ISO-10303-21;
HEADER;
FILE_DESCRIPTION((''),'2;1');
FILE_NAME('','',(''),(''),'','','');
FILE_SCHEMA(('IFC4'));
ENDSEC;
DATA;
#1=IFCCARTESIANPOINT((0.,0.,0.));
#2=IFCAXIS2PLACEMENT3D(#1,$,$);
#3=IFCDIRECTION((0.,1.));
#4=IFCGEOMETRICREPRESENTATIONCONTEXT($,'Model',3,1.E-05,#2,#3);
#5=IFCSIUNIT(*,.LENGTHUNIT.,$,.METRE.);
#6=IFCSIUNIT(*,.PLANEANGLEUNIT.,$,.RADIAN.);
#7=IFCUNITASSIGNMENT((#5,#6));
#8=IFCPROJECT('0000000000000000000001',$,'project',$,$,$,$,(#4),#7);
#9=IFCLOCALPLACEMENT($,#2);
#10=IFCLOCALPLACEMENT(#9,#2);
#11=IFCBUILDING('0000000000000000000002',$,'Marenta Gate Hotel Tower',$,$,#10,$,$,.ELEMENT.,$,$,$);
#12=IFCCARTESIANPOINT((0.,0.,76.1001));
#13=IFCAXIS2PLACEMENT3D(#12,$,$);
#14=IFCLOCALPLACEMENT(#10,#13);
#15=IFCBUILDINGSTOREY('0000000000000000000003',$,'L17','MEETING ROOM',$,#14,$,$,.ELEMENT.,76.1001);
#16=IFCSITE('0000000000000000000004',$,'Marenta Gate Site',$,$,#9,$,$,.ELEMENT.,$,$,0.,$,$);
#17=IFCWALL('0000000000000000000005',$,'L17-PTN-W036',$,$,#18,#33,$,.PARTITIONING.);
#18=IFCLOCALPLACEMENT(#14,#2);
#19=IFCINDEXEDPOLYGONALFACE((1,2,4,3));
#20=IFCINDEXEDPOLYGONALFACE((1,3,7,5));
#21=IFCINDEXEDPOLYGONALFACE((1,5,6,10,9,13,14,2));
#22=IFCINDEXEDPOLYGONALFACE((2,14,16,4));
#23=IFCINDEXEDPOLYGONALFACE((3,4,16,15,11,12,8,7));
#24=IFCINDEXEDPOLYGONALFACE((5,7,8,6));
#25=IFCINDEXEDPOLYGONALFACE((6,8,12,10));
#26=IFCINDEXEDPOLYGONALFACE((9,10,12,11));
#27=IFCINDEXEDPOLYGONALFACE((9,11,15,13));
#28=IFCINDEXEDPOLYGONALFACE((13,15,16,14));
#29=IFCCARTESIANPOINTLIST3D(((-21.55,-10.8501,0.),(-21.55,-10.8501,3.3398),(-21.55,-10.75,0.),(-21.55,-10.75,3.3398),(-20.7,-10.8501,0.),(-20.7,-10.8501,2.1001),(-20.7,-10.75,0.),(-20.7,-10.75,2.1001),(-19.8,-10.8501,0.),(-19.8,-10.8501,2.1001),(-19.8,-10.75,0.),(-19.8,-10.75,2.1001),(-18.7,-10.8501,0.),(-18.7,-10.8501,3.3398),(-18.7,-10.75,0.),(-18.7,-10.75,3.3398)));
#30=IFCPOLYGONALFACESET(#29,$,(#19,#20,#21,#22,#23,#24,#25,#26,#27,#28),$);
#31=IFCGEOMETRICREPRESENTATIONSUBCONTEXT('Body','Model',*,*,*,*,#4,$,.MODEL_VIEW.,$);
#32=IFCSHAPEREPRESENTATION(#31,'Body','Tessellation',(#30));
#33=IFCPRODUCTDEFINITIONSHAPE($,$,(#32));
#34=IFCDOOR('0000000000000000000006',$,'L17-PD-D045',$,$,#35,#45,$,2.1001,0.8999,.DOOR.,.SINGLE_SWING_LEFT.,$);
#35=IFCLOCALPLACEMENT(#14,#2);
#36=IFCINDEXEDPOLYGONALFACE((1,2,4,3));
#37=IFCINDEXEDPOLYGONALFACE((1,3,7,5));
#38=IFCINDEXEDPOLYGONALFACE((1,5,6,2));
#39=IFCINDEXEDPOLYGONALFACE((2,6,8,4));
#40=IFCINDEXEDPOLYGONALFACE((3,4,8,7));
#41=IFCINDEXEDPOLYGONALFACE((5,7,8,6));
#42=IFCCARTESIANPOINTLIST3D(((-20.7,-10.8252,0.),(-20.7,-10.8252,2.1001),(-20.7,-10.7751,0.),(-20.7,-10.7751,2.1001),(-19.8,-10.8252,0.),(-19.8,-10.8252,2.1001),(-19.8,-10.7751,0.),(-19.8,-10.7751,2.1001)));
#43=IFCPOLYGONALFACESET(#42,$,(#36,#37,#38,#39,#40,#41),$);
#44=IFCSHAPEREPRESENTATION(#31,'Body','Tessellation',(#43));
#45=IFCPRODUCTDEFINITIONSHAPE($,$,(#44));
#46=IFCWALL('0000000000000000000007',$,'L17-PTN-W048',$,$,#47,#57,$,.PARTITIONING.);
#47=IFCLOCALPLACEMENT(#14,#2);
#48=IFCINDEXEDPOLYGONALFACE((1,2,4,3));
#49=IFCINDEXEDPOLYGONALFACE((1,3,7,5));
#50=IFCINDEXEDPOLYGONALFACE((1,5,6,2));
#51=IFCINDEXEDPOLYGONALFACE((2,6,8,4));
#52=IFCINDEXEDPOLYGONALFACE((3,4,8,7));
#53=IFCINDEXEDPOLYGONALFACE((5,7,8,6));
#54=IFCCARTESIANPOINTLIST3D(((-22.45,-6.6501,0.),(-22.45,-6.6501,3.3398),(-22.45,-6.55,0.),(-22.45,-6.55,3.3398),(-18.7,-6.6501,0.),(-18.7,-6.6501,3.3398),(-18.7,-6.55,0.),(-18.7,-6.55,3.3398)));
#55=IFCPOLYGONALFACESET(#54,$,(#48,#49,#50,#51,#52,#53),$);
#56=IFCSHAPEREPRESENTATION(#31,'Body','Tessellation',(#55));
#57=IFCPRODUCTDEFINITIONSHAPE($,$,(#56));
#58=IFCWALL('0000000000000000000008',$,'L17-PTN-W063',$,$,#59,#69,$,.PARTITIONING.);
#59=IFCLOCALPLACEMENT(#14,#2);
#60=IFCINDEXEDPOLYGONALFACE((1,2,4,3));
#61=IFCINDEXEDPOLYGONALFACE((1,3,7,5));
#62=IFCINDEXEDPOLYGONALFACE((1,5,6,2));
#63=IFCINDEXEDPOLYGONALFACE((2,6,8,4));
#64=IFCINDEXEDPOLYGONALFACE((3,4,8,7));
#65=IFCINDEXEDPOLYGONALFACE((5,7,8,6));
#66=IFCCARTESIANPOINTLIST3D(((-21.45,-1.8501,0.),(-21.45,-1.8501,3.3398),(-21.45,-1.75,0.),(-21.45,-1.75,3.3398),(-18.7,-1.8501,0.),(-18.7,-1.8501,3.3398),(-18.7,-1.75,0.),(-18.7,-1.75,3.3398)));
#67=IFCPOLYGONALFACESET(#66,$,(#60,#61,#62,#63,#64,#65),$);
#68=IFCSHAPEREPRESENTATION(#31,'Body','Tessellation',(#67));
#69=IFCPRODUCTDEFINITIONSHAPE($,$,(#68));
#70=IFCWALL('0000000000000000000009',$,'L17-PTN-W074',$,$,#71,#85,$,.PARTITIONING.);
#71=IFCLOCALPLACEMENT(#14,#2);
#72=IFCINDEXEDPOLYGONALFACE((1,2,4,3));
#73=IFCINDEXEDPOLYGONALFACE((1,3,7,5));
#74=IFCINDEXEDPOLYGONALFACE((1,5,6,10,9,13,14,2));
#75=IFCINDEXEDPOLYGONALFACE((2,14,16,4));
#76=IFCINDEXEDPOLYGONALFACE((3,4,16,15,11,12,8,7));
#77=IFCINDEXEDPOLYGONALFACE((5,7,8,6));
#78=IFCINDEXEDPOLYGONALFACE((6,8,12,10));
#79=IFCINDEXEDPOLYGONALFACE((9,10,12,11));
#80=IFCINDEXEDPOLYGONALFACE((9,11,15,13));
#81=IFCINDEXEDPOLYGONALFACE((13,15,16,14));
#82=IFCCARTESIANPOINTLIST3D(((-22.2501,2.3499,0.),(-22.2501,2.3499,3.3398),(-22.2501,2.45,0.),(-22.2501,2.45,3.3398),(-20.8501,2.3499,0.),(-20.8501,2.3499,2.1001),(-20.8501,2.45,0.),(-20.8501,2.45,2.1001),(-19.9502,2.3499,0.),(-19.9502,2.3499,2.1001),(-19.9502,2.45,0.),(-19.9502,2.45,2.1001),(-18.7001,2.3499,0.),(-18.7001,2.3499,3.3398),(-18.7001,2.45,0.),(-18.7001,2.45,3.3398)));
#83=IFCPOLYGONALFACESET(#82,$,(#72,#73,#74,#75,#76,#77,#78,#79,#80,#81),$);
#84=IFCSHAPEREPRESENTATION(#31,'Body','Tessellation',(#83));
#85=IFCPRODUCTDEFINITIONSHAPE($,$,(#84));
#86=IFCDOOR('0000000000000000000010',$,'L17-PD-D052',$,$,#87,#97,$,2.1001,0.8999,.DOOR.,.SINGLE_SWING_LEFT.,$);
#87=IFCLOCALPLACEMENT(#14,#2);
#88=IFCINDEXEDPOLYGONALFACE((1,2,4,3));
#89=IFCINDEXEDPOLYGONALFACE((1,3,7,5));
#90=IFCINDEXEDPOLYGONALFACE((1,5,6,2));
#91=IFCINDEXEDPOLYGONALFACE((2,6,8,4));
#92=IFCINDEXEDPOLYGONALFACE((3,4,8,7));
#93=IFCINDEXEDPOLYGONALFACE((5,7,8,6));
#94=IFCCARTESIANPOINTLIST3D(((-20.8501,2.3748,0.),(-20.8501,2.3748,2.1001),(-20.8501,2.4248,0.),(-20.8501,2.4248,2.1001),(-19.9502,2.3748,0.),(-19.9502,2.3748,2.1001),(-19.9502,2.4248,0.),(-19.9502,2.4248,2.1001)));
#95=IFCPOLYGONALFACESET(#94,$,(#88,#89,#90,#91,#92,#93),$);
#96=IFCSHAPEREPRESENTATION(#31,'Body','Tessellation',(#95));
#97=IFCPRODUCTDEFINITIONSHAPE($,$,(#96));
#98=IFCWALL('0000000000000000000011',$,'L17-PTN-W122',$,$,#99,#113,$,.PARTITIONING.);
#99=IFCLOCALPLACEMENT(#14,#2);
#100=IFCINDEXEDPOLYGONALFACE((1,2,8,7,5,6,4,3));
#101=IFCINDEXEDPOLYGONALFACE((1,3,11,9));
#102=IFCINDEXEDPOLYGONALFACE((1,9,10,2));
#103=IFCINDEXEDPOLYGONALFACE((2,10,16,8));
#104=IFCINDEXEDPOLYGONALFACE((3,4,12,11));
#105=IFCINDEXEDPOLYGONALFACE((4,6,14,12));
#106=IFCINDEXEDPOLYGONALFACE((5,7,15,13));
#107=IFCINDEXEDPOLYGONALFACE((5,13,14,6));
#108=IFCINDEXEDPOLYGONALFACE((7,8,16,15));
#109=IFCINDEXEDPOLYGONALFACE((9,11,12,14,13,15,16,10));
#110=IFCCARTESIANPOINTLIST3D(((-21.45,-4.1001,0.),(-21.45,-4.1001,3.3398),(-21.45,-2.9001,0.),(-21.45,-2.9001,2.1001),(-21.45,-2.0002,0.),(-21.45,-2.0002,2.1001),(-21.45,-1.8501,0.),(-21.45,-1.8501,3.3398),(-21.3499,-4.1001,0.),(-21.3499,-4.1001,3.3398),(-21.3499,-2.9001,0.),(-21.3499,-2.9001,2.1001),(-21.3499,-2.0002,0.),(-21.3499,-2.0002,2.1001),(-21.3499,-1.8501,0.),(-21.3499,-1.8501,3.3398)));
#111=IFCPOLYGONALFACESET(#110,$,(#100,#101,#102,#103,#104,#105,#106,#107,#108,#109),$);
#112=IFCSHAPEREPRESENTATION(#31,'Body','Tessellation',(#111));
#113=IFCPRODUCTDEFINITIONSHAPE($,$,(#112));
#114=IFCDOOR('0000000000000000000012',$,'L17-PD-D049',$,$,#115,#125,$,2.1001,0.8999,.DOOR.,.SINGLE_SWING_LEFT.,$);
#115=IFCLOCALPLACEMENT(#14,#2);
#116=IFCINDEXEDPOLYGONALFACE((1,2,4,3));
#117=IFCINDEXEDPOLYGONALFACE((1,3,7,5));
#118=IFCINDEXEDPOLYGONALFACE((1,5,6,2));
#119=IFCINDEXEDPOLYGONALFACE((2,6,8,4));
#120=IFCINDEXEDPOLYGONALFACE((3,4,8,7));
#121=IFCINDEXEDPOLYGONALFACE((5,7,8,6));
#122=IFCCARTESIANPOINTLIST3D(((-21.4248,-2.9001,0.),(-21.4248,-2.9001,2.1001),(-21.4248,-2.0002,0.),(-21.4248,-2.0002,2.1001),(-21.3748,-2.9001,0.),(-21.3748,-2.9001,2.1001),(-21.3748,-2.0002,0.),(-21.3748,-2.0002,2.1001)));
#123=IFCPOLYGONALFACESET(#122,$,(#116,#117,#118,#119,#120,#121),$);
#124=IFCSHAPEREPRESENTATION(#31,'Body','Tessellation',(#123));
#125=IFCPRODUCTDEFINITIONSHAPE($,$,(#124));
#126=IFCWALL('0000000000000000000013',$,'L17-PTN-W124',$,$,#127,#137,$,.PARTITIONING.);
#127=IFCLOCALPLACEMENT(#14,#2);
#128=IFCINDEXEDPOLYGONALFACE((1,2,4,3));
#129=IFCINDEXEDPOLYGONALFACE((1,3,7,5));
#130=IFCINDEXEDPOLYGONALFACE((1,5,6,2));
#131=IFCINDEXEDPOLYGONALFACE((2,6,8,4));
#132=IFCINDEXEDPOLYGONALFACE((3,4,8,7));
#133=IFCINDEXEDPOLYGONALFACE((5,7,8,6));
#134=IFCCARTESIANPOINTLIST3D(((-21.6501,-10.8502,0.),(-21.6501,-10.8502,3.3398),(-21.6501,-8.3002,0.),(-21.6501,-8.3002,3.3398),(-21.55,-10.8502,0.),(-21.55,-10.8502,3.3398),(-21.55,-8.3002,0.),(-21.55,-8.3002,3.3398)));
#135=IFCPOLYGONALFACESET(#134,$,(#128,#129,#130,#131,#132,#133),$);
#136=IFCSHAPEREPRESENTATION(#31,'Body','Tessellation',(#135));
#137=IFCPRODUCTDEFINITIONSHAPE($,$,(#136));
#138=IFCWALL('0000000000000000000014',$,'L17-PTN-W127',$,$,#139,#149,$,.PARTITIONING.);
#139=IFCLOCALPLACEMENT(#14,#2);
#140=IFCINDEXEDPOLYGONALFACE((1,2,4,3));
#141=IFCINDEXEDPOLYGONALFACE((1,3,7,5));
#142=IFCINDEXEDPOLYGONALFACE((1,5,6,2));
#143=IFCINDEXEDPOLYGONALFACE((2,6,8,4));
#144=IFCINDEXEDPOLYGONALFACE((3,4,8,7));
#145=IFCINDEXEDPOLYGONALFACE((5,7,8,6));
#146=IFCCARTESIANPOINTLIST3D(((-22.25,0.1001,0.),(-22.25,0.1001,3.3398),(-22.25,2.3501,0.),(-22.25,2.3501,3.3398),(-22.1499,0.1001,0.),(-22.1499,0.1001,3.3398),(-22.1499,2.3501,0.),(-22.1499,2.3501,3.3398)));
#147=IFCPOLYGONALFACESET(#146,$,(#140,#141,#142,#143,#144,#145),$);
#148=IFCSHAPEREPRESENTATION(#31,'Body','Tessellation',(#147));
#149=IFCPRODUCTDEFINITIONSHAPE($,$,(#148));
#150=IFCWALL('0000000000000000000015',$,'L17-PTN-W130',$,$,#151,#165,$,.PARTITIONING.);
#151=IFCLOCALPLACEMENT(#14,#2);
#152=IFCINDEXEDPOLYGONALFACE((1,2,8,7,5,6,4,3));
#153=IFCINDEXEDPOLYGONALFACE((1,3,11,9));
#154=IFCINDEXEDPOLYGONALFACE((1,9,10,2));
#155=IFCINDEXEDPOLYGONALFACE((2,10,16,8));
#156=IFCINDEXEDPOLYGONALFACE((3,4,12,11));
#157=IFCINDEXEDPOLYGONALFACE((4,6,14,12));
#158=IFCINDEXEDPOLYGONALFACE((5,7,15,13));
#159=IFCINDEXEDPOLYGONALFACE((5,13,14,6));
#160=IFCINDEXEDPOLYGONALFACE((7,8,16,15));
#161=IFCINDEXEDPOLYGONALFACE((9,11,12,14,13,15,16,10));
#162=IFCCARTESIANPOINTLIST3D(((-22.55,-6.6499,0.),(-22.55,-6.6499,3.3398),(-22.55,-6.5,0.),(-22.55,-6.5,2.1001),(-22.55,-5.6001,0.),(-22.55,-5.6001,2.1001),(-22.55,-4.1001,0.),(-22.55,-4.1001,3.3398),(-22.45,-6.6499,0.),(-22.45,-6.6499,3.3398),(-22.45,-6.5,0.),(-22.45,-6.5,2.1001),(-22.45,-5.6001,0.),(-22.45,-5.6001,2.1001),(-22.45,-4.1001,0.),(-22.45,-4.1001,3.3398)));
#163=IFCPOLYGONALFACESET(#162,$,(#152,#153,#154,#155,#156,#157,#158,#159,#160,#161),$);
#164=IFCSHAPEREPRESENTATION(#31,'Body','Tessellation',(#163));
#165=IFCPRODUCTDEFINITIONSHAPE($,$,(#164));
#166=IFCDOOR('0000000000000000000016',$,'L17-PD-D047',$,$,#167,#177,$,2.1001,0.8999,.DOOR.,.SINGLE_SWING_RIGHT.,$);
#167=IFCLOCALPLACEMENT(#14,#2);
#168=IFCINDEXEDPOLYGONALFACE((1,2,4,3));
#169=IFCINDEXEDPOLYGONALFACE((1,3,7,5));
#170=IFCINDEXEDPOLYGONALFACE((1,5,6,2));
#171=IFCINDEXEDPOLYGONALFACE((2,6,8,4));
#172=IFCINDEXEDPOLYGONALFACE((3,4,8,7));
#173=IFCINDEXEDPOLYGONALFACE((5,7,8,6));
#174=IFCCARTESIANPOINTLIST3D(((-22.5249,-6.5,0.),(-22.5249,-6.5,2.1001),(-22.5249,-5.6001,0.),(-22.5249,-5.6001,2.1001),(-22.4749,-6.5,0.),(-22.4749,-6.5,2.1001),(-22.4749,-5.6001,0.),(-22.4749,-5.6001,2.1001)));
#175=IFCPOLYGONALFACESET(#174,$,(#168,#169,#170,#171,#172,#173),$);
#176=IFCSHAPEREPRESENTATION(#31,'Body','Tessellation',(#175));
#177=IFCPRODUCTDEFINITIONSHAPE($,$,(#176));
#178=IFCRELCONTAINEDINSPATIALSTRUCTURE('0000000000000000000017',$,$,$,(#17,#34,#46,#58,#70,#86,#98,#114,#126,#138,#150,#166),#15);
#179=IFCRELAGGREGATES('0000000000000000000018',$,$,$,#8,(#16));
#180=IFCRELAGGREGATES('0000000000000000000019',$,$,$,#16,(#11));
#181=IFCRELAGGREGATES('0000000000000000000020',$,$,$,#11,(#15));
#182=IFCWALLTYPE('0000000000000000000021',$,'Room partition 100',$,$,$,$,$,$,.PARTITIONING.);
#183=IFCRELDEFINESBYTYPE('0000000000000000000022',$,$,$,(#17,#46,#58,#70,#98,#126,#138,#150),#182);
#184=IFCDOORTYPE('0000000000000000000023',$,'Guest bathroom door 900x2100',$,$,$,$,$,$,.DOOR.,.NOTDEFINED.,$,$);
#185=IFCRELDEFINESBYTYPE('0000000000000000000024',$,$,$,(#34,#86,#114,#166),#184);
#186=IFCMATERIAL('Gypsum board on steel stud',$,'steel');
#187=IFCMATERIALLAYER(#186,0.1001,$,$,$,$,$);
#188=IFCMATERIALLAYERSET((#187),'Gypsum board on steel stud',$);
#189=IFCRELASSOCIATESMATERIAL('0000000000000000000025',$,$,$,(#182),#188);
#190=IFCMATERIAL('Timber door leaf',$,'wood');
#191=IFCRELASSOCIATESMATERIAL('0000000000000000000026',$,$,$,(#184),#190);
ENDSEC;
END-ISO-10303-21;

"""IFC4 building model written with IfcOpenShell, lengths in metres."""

from ifc_helpers import new_model, si_unit, direction, frame, frame_2d, origin, place, context, subcontext, project, spatial, rectangle, extrude, material, layer, layer_set, type_object, element, fill, save


model = new_model("IFC4")

# Units and contexts
model_context = context("Model", 3, precision=1e-05, world=origin(), true_north=direction((0.0, 1.0)))
body_context = subcontext(model_context, "Body", "Model", "MODEL_VIEW")
ifc_project = project(units=[si_unit("LENGTHUNIT", "METRE"), si_unit("PLANEANGLEUNIT", "RADIAN")], contexts=[model_context])

# Site, building, storey
site_placement = place(None, origin())
site = spatial("IfcSite", under=ifc_project, at=site_placement, Name="Marenta Gate Site", CompositionType="ELEMENT", RefElevation=0.0)
building_placement = place(site_placement, origin())
building = spatial("IfcBuilding", under=site, at=building_placement, Name="Marenta Gate Hotel Tower", CompositionType="ELEMENT")
storey_placement = place(building_placement, frame((0.0, 0.0, 76.1001)))
storey = spatial("IfcBuildingStorey", under=building, at=storey_placement, Name="L17", Description="MEETING ROOM", CompositionType="ELEMENT", Elevation=76.1001)

# Wall, opening, door
ifc_material_1 = material(Name="Gypsum board on steel stud", Category="steel")
ifc_layer_1 = layer(ifc_material_1, 0.1001)
ifc_layer_set_1 = layer_set([ifc_layer_1], Name="Gypsum board on steel stud")
wall_type_1 = type_object("IfcWallType", Name="Room partition 100", PredefinedType="PARTITIONING", material=ifc_layer_set_1)
wall_1_placement = place(storey_placement, frame((-21.55, -10.8, 0.0), z_axis=(0.0, 0.0, 1.0), x_axis=(1.0, 0.0, 0.0)))
wall_1 = element("IfcWall", 1, at=wall_1_placement, inside=storey, type_object=wall_type_1, Name="L17-PTN-W036", PredefinedType="PARTITIONING", context=body_context, shape_type="SweptSolid", body=[
    extrude(rectangle(XDim=2.8501, YDim=0.1001, at=frame_2d((1.425, 0.0))), origin(), (0.0, 0.0, 1.0), 3.3398),
])
opening_1_placement = place(wall_1_placement, frame((0.8501, 0.0, 0.0)))
opening_1 = element("IfcOpeningElement", 2, at=opening_1_placement, cuts=wall_1, PredefinedType="OPENING", context=body_context, shape_type="SweptSolid", body=[
    extrude(rectangle(XDim=0.8999, YDim=2.1001, at=frame_2d((0.45, 1.05))), frame((0.0, 0.05, 0.0), z_axis=(0.0, -1.0, 0.0), x_axis=(1.0, 0.0, 0.0)), (0.0, 0.0, 1.0), 0.1001),
])
ifc_material_2 = material(Name="Timber door leaf", Category="wood")
door_type_1 = type_object("IfcDoorType", Name="Guest bathroom door 900x2100", OperationType="NOTDEFINED", PredefinedType="DOOR", material=ifc_material_2)
door_1_placement = place(opening_1_placement, origin())
door_1 = element("IfcDoor", 3, at=door_1_placement, inside=storey, type_object=door_type_1, Name="L17-PD-D045", OperationType="SINGLE_SWING_LEFT", OverallHeight=2.1001, OverallWidth=0.8999, PredefinedType="DOOR", context=body_context, shape_type="SweptSolid", body=[
    extrude(rectangle(XDim=0.8999, YDim=2.1001, at=frame_2d((0.45, 1.05))), frame((0.0, 0.0249, 0.0), z_axis=(0.0, -1.0, 0.0), x_axis=(1.0, 0.0, 0.0)), (0.0, 0.0, 1.0), 0.05),
])
fill(opening_1, door_1)

# Walls
wall_2_placement = place(storey_placement, frame((-22.45, -6.6001, 0.0), z_axis=(0.0, 0.0, 1.0), x_axis=(1.0, 0.0, 0.0)))
element("IfcWall", 4, at=wall_2_placement, inside=storey, type_object=wall_type_1, Name="L17-PTN-W048", PredefinedType="PARTITIONING", context=body_context, shape_type="SweptSolid", body=[
    extrude(rectangle(XDim=3.75, YDim=0.1001, at=frame_2d((1.875, 0.0))), origin(), (0.0, 0.0, 1.0), 3.3398),
])
wall_3_placement = place(storey_placement, frame((-21.45, -1.8, 0.0), z_axis=(0.0, 0.0, 1.0), x_axis=(1.0, 0.0, 0.0)))
element("IfcWall", 5, at=wall_3_placement, inside=storey, type_object=wall_type_1, Name="L17-PTN-W063", PredefinedType="PARTITIONING", context=body_context, shape_type="SweptSolid", body=[
    extrude(rectangle(XDim=2.75, YDim=0.1001, at=frame_2d((1.375, 0.0))), origin(), (0.0, 0.0, 1.0), 3.3398),
])

# Walls, openings, doors
wall_4_placement = place(storey_placement, frame((-22.25, 2.3999, 0.0), z_axis=(0.0, 0.0, 1.0), x_axis=(1.0, 0.0, 0.0)))
wall_4 = element("IfcWall", 6, at=wall_4_placement, inside=storey, type_object=wall_type_1, Name="L17-PTN-W074", PredefinedType="PARTITIONING", context=body_context, shape_type="SweptSolid", body=[
    extrude(rectangle(XDim=3.55, YDim=0.1001, at=frame_2d((1.7749, 0.0))), origin(), (0.0, 0.0, 1.0), 3.3398),
])
opening_2_placement = place(wall_4_placement, frame((1.3999, 0.0, 0.0)))
opening_2 = element("IfcOpeningElement", 7, at=opening_2_placement, cuts=wall_4, PredefinedType="OPENING", context=body_context, shape_type="SweptSolid", body=[
    extrude(rectangle(XDim=0.8999, YDim=2.1001, at=frame_2d((0.45, 1.05))), frame((0.0, 0.05, 0.0), z_axis=(0.0, -1.0, 0.0), x_axis=(1.0, 0.0, 0.0)), (0.0, 0.0, 1.0), 0.1001),
])
door_2_placement = place(opening_2_placement, origin())
door_2 = element("IfcDoor", 8, at=door_2_placement, inside=storey, type_object=door_type_1, Name="L17-PD-D052", OperationType="SINGLE_SWING_LEFT", OverallHeight=2.1001, OverallWidth=0.8999, PredefinedType="DOOR", context=body_context, shape_type="SweptSolid", body=[
    extrude(rectangle(XDim=0.8999, YDim=2.1001, at=frame_2d((0.45, 1.05))), frame((0.0, 0.0249, 0.0), z_axis=(0.0, -1.0, 0.0), x_axis=(1.0, 0.0, 0.0)), (0.0, 0.0, 1.0), 0.05),
])
fill(opening_2, door_2)
wall_5_placement = place(storey_placement, frame((-21.3999, -4.1001, 0.0), z_axis=(0.0, 0.0, 1.0), x_axis=(0.0, 1.0, 0.0)))
wall_5 = element("IfcWall", 9, at=wall_5_placement, inside=storey, type_object=wall_type_1, Name="L17-PTN-W122", PredefinedType="PARTITIONING", context=body_context, shape_type="SweptSolid", body=[
    extrude(rectangle(XDim=2.25, YDim=0.1001, at=frame_2d((1.125, 0.0))), origin(), (0.0, 0.0, 1.0), 3.3398),
])
opening_3_placement = place(wall_5_placement, frame((1.2, 0.0, 0.0)))
opening_3 = element("IfcOpeningElement", 10, at=opening_3_placement, cuts=wall_5, PredefinedType="OPENING", context=body_context, shape_type="SweptSolid", body=[
    extrude(rectangle(XDim=0.8999, YDim=2.1001, at=frame_2d((0.45, 1.05))), frame((0.0, 0.05, 0.0), z_axis=(0.0, -1.0, 0.0), x_axis=(1.0, 0.0, 0.0)), (0.0, 0.0, 1.0), 0.1001),
])
door_3_placement = place(opening_3_placement, origin())
door_3 = element("IfcDoor", 11, at=door_3_placement, inside=storey, type_object=door_type_1, Name="L17-PD-D049", OperationType="SINGLE_SWING_LEFT", OverallHeight=2.1001, OverallWidth=0.8999, PredefinedType="DOOR", context=body_context, shape_type="SweptSolid", body=[
    extrude(rectangle(XDim=0.8999, YDim=2.1001, at=frame_2d((0.45, 1.05))), frame((0.0, 0.0249, 0.0), z_axis=(0.0, -1.0, 0.0), x_axis=(1.0, 0.0, 0.0)), (0.0, 0.0, 1.0), 0.05),
])
fill(opening_3, door_3)

# Walls
wall_6_placement = place(storey_placement, frame((-21.6001, -10.8501, 0.0), z_axis=(0.0, 0.0, 1.0), x_axis=(0.0, 1.0, 0.0)))
element("IfcWall", 12, at=wall_6_placement, inside=storey, type_object=wall_type_1, Name="L17-PTN-W124", PredefinedType="PARTITIONING", context=body_context, shape_type="SweptSolid", body=[
    extrude(rectangle(XDim=2.55, YDim=0.1001, at=frame_2d((1.2749, 0.0))), origin(), (0.0, 0.0, 1.0), 3.3398),
])
wall_7_placement = place(storey_placement, frame((-22.2, 0.1001, 0.0), z_axis=(0.0, 0.0, 1.0), x_axis=(0.0, 1.0, 0.0)))
element("IfcWall", 13, at=wall_7_placement, inside=storey, type_object=wall_type_1, Name="L17-PTN-W127", PredefinedType="PARTITIONING", context=body_context, shape_type="SweptSolid", body=[
    extrude(rectangle(XDim=2.25, YDim=0.1001, at=frame_2d((1.125, 0.0))), origin(), (0.0, 0.0, 1.0), 3.3398),
])

# Wall, opening, door
wall_8_placement = place(storey_placement, frame((-22.5, -6.6499, 0.0), z_axis=(0.0, 0.0, 1.0), x_axis=(0.0, 1.0, 0.0)))
wall_8 = element("IfcWall", 14, at=wall_8_placement, inside=storey, type_object=wall_type_1, Name="L17-PTN-W130", PredefinedType="PARTITIONING", context=body_context, shape_type="SweptSolid", body=[
    extrude(rectangle(XDim=2.5498, YDim=0.1001, at=frame_2d((1.2749, 0.0))), origin(), (0.0, 0.0, 1.0), 3.3398),
])
opening_4_placement = place(wall_8_placement, frame((0.1499, 0.0, 0.0)))
opening_4 = element("IfcOpeningElement", 15, at=opening_4_placement, cuts=wall_8, PredefinedType="OPENING", context=body_context, shape_type="SweptSolid", body=[
    extrude(rectangle(XDim=0.8999, YDim=2.1001, at=frame_2d((0.45, 1.05))), frame((0.0, 0.05, 0.0), z_axis=(0.0, -1.0, 0.0), x_axis=(1.0, 0.0, 0.0)), (0.0, 0.0, 1.0), 0.1001),
])
door_4_placement = place(opening_4_placement, origin())
door_4 = element("IfcDoor", 16, at=door_4_placement, inside=storey, type_object=door_type_1, Name="L17-PD-D047", OperationType="SINGLE_SWING_RIGHT", OverallHeight=2.1001, OverallWidth=0.8999, PredefinedType="DOOR", context=body_context, shape_type="SweptSolid", body=[
    extrude(rectangle(XDim=0.8999, YDim=2.1001, at=frame_2d((0.45, 1.05))), frame((0.0, 0.0249, 0.0), z_axis=(0.0, -1.0, 0.0), x_axis=(1.0, 0.0, 0.0)), (0.0, 0.0, 1.0), 0.05),
])
fill(opening_4, door_4)

save(model, "model.ifc")
